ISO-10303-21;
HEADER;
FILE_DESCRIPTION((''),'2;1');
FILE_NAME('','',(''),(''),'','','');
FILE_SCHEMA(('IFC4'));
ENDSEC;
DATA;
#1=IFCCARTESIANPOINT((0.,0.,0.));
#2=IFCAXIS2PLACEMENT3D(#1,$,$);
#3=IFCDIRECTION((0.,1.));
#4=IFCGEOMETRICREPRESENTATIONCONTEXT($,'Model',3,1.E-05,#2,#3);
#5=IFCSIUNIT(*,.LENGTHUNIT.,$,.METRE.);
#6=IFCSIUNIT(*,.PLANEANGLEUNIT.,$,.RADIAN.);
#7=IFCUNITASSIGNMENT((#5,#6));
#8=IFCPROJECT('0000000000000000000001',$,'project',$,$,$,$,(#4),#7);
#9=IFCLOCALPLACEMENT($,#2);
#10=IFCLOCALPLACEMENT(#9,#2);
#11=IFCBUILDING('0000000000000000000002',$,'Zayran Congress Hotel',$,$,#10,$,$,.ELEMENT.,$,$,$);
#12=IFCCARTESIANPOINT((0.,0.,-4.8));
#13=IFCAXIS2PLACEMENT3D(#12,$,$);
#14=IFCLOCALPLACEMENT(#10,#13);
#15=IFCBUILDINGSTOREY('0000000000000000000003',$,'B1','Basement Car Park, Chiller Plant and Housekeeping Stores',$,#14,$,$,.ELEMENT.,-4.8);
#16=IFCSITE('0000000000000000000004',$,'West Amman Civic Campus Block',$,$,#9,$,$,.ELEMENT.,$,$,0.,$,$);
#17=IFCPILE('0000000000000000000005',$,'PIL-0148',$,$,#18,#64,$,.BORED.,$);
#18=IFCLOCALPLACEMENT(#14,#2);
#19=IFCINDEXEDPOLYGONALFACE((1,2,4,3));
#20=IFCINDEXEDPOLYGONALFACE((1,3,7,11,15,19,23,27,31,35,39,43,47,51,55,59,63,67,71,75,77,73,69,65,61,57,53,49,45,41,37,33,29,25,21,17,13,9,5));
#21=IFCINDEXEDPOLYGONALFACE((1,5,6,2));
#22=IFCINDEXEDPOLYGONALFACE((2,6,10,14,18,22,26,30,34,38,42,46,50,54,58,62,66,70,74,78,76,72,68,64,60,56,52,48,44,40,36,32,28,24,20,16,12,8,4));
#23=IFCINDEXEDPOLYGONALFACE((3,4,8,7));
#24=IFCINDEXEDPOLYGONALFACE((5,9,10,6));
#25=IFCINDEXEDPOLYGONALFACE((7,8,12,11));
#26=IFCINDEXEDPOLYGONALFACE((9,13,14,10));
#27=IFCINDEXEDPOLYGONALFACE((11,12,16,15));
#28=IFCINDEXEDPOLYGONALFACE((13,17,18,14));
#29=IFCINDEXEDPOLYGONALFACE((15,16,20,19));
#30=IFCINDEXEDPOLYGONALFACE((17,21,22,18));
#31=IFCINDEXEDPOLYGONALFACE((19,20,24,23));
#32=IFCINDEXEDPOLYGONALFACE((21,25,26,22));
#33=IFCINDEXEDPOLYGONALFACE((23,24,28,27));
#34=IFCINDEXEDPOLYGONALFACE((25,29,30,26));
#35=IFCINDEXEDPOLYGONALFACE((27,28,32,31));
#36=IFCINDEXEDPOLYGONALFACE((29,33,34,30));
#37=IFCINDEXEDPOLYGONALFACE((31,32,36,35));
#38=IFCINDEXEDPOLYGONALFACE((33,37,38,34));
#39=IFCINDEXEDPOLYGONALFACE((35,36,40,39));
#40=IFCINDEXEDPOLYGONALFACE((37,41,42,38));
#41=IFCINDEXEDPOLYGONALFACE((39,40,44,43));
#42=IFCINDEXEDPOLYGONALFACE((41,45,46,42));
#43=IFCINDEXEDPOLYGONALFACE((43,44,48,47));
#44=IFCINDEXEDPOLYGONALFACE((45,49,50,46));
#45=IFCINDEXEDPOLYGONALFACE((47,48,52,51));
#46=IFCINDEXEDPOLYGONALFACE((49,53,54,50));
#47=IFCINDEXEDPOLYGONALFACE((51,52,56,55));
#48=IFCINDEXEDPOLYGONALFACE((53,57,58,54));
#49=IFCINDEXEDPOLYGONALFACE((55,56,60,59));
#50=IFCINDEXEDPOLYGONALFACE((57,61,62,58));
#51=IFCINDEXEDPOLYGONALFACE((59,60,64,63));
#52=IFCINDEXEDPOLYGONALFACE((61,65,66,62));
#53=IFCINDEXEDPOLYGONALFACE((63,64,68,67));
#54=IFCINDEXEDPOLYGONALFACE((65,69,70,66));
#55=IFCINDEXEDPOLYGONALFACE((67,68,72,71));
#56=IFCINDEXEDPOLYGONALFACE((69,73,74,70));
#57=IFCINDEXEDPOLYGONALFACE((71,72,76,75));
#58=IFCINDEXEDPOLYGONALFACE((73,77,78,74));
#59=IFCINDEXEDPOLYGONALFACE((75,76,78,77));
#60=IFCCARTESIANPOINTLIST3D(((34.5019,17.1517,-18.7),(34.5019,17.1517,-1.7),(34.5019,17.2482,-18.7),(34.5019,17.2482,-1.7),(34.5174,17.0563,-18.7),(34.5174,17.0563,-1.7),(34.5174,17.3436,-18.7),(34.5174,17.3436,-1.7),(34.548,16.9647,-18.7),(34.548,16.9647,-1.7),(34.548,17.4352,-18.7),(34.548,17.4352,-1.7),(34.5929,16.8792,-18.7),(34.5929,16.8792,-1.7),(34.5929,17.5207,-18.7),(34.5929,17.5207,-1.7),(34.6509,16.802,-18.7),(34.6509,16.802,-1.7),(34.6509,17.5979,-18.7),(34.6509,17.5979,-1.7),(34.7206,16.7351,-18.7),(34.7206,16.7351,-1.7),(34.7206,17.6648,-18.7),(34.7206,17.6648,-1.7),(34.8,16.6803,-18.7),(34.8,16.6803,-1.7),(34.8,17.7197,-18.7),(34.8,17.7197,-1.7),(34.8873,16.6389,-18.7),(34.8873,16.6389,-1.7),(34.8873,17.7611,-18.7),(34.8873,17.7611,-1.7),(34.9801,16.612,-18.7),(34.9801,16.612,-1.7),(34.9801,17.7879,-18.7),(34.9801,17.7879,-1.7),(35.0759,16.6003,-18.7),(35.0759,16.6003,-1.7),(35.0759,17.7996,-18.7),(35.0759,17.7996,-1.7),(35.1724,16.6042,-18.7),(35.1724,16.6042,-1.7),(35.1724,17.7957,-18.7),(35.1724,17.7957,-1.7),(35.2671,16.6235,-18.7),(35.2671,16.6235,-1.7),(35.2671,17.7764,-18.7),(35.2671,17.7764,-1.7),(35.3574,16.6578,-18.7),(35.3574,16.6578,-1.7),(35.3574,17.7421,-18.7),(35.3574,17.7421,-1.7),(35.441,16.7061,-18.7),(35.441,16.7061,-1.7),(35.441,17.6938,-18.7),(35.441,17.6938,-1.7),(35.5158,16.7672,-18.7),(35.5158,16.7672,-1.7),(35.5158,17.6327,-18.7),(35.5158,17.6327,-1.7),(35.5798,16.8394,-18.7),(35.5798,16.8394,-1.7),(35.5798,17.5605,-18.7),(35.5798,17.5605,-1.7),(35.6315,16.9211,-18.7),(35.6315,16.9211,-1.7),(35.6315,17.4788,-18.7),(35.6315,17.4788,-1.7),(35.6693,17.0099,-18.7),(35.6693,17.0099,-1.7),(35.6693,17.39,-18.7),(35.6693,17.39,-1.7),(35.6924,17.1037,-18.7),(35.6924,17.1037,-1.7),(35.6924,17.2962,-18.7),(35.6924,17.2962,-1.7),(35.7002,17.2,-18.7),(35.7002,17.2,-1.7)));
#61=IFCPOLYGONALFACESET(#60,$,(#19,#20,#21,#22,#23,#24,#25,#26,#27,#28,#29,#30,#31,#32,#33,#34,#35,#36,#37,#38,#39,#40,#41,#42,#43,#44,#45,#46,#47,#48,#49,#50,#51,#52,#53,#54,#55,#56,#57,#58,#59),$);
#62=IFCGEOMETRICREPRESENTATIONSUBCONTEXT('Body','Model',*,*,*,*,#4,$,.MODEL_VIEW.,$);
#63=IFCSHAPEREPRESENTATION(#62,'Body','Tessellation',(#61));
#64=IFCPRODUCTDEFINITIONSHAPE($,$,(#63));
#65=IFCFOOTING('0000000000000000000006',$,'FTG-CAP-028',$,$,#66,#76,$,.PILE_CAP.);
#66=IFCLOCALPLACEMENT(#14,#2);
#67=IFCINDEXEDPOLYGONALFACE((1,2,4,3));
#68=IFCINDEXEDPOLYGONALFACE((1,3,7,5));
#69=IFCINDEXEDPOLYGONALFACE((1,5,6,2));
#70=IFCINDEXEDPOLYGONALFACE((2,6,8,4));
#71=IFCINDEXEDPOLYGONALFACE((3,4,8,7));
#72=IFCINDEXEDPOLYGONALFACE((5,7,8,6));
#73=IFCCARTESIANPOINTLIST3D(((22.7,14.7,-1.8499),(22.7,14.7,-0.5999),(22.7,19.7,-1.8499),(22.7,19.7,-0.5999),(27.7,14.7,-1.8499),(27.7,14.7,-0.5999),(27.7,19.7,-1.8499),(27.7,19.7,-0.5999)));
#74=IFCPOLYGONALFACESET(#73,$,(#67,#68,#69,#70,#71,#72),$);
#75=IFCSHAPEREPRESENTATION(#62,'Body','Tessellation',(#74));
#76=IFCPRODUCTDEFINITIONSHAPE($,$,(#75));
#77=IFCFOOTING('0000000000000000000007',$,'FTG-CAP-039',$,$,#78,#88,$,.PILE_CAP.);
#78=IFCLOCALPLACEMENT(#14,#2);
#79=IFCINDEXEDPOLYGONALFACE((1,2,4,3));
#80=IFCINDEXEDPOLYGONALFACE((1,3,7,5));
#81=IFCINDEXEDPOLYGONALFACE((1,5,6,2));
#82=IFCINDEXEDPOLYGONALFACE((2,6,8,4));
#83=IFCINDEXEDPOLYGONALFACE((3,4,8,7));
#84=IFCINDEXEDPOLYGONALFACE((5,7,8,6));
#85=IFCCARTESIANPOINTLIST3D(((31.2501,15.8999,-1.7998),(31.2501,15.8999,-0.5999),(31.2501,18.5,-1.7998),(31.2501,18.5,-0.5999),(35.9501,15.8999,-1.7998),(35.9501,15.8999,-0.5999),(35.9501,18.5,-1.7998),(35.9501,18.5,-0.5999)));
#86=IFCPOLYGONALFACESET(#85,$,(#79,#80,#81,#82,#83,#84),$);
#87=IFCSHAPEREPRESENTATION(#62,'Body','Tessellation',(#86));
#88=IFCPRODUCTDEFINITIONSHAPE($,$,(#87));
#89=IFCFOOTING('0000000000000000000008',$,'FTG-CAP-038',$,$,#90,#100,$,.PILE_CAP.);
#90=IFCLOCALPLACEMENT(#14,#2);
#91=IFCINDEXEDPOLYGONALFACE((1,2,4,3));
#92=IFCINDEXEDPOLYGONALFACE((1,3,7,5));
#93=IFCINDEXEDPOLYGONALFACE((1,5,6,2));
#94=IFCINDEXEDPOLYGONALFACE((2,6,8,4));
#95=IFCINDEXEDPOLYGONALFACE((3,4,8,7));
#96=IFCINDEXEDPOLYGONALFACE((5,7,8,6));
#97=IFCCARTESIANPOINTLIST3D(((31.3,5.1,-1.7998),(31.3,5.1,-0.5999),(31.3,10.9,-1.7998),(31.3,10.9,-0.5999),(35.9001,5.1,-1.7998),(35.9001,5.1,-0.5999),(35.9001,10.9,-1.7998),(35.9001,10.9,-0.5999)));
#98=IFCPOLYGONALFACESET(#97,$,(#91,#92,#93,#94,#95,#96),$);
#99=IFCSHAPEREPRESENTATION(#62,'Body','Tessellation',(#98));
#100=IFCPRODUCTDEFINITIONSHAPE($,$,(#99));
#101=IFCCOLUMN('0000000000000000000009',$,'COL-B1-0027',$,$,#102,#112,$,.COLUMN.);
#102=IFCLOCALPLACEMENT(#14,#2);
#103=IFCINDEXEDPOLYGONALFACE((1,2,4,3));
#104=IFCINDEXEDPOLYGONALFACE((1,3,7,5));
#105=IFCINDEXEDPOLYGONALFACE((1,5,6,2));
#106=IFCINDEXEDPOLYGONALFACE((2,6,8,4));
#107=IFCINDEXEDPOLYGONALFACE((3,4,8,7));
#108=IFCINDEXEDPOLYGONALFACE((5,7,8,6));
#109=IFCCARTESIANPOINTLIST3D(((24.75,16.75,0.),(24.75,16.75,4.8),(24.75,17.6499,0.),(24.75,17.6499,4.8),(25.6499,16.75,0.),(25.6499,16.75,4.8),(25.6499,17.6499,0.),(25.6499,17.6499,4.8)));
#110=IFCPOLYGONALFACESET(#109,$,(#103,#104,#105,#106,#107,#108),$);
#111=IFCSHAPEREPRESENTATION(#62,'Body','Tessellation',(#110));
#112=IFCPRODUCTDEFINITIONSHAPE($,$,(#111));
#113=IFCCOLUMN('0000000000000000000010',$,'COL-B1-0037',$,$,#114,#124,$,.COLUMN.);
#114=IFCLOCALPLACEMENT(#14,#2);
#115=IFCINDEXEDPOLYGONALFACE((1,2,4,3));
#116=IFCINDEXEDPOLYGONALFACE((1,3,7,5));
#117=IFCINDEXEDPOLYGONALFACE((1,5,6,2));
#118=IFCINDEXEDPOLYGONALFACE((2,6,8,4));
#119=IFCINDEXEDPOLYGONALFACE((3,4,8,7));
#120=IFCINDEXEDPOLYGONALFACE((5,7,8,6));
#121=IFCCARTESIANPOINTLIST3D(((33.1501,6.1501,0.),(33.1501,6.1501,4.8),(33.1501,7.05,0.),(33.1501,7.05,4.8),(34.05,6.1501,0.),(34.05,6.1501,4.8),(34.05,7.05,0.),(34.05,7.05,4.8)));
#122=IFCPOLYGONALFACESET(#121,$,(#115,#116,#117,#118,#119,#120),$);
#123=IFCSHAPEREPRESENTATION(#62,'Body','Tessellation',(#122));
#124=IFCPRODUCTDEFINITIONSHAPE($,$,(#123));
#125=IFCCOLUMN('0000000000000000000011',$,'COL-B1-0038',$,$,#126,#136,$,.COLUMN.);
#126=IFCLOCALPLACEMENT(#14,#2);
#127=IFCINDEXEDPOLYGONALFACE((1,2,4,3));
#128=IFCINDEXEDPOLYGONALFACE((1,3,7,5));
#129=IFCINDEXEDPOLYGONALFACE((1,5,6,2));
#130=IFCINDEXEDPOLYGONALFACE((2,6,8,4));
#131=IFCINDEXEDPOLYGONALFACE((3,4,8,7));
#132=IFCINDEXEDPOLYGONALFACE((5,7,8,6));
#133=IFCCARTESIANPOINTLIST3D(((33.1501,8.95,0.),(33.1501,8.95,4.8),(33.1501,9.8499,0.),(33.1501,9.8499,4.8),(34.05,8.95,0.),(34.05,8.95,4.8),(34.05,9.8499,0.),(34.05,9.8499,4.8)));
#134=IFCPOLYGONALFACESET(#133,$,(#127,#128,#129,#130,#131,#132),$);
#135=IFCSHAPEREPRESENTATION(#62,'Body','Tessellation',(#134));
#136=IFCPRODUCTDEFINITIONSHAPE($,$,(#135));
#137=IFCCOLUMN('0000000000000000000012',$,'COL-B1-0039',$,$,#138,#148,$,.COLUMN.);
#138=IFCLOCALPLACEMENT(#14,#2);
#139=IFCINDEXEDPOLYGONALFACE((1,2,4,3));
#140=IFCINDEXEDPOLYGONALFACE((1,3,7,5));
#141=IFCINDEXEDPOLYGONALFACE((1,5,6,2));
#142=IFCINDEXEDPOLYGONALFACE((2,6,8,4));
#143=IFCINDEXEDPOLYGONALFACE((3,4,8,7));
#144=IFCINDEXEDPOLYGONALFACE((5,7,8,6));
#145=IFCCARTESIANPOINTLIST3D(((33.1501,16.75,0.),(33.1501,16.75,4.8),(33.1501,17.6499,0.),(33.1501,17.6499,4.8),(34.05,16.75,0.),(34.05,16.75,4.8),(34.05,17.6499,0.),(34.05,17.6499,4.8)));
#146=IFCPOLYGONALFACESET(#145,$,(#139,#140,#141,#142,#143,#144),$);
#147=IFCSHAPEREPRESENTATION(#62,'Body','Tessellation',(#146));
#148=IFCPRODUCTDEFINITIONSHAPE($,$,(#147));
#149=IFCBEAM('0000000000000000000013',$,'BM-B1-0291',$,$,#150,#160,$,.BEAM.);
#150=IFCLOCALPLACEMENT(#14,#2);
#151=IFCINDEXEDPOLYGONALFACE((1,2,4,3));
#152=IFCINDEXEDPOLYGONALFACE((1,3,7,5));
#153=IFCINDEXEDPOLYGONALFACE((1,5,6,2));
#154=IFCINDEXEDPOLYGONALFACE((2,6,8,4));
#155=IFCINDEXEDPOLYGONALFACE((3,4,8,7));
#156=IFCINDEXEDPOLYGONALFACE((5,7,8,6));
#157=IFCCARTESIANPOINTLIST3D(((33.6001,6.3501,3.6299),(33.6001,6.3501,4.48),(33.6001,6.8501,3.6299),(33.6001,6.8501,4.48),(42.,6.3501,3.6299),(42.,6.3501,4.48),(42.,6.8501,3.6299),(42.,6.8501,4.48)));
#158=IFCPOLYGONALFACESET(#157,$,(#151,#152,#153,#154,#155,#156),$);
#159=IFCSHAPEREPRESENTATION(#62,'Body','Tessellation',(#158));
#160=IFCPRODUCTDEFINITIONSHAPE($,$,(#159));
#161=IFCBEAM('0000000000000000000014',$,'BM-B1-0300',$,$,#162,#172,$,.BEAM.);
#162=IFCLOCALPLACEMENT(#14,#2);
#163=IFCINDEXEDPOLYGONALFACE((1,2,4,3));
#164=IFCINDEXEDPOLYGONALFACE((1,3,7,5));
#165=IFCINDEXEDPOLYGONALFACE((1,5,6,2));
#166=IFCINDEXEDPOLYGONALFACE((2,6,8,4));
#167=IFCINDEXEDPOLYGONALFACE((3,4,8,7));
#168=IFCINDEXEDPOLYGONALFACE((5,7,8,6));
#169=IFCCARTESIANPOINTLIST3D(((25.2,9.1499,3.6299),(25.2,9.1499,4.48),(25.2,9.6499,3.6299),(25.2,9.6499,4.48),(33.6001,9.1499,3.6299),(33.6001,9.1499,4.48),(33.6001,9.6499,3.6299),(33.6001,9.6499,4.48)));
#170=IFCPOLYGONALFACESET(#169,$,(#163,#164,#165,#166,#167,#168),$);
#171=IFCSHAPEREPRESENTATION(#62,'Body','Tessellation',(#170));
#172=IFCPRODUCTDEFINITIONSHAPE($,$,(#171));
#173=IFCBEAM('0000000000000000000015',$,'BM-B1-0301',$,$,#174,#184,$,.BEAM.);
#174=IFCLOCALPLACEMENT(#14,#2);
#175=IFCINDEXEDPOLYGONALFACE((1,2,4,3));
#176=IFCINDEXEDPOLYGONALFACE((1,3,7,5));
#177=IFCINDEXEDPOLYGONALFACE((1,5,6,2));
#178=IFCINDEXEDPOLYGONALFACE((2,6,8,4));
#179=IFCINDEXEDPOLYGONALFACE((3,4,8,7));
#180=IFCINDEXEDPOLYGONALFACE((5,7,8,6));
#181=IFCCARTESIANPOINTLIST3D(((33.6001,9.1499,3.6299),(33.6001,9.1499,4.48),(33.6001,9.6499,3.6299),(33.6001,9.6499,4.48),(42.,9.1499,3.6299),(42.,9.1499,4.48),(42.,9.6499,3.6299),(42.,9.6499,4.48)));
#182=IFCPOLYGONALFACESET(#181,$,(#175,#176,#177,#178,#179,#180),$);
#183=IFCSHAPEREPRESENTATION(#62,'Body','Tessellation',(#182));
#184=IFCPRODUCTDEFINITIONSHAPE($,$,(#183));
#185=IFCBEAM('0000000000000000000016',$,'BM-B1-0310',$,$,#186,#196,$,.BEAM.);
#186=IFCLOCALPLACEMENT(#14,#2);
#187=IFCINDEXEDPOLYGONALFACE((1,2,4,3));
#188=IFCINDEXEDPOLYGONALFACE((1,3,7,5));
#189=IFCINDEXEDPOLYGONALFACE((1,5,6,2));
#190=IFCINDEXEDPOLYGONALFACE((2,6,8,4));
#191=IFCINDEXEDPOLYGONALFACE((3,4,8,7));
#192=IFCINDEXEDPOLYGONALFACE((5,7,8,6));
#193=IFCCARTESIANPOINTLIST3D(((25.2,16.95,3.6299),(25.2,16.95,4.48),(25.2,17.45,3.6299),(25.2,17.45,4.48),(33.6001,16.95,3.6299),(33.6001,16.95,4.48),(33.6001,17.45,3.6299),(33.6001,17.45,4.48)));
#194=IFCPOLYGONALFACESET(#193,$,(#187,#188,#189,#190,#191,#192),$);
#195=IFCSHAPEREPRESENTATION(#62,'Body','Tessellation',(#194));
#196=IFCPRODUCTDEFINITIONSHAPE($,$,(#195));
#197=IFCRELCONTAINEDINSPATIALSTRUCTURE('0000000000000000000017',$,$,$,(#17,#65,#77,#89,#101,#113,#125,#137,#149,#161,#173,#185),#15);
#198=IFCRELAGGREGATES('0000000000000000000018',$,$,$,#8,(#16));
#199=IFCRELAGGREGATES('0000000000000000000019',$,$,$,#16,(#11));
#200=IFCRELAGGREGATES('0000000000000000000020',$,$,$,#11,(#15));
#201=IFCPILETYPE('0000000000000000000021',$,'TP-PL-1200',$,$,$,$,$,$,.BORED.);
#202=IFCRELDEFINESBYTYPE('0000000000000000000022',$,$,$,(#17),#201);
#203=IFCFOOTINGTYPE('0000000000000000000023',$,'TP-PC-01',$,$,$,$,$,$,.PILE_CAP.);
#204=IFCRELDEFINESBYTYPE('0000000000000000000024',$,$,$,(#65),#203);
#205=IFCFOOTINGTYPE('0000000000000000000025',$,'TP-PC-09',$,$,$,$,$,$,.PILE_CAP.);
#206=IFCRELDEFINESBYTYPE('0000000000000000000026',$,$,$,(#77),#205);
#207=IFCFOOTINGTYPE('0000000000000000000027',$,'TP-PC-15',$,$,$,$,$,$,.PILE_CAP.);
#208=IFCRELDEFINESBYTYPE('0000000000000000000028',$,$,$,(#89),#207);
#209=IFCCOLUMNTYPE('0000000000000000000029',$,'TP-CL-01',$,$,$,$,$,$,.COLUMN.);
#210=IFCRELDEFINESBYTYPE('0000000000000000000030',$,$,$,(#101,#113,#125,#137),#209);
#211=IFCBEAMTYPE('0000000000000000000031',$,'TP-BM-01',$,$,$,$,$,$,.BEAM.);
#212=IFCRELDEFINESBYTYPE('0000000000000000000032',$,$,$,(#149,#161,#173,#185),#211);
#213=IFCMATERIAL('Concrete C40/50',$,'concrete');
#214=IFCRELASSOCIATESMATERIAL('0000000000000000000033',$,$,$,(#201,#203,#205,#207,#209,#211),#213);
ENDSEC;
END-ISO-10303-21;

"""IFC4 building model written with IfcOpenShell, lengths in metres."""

from ifc_helpers import new_model, si_unit, direction, frame, origin, origin_2d, place, context, subcontext, project, spatial, rectangle, circle, extrude, material, material_profile, profile_set, type_object, element, save


model = new_model("IFC4")

# Units and contexts
model_context = context("Model", 3, precision=1e-05, world=origin(), true_north=direction((0.0, 1.0)))
body_context = subcontext(model_context, "Body", "Model", "MODEL_VIEW")
ifc_project = project(units=[si_unit("LENGTHUNIT", "METRE"), si_unit("PLANEANGLEUNIT", "RADIAN")], contexts=[model_context])

# Site, building, storey
site_placement = place(None, origin())
site = spatial("IfcSite", under=ifc_project, at=site_placement, Name="West Amman Civic Campus Block", CompositionType="ELEMENT", RefElevation=0.0)
building_placement = place(site_placement, origin())
building = spatial("IfcBuilding", under=site, at=building_placement, Name="Zayran Congress Hotel", CompositionType="ELEMENT")
storey_placement = place(building_placement, frame((0.0, 0.0, -4.8)))
storey = spatial("IfcBuildingStorey", under=building, at=storey_placement, Name="B1", Description="Basement Car Park, Chiller Plant and Housekeeping Stores", CompositionType="ELEMENT", Elevation=-4.8)

# Pile
ifc_material_1 = material(Name="Concrete C40/50", Category="concrete")
ifc_material_profile_1 = material_profile(ifc_material_1, circle(Radius=0.6001, at=origin_2d()), Name="PILE D1200")
ifc_profile_set_1 = profile_set([ifc_material_profile_1], Name="Concrete C40/50")
pile_type = type_object("IfcPileType", Name="TP-PL-1200", PredefinedType="BORED", material=ifc_profile_set_1)
for number, where, z_axis, x_axis, name in (
    (1, (35.1001, 17.2, -1.7), (0.0, 0.0, -1.0), (1.0, 0.0, 0.0), "PIL-0148"),
):
    element("IfcPile", number, at=place(storey_placement, frame(where, z_axis=z_axis, x_axis=x_axis)), inside=storey, type_object=pile_type, Name=name, PredefinedType="BORED", context=body_context, shape_type="SweptSolid", body=[
        extrude(circle(Radius=0.6001, at=origin_2d()), origin(), (0.0, 0.0, 1.0), 17.0),
    ])

# Footings
footing_type_1 = type_object("IfcFootingType", Name="TP-PC-01", PredefinedType="PILE_CAP", material=ifc_material_1)
footing_1_placement = place(storey_placement, frame((25.2, 17.2, -1.8499), z_axis=(0.0, 0.0, 1.0), x_axis=(1.0, 0.0, 0.0)))
element("IfcFooting", 2, at=footing_1_placement, inside=storey, type_object=footing_type_1, Name="FTG-CAP-028", PredefinedType="PILE_CAP", context=body_context, shape_type="SweptSolid", body=[
    extrude(rectangle(XDim=5.0, YDim=5.0, at=origin_2d()), origin(), (0.0, 0.0, 1.0), 1.25),
])
footing_type_2 = type_object("IfcFootingType", Name="TP-PC-09", PredefinedType="PILE_CAP", material=ifc_material_1)
footing_2_placement = place(storey_placement, frame((33.6001, 17.2, -1.7998), z_axis=(0.0, 0.0, 1.0), x_axis=(1.0, 0.0, 0.0)))
element("IfcFooting", 3, at=footing_2_placement, inside=storey, type_object=footing_type_2, Name="FTG-CAP-039", PredefinedType="PILE_CAP", context=body_context, shape_type="SweptSolid", body=[
    extrude(rectangle(XDim=4.7, YDim=2.6001, at=origin_2d()), origin(), (0.0, 0.0, 1.0), 1.2),
])
footing_type_3 = type_object("IfcFootingType", Name="TP-PC-15", PredefinedType="PILE_CAP", material=ifc_material_1)
footing_3_placement = place(storey_placement, frame((33.6001, 8.0, -1.7998), z_axis=(0.0, 0.0, 1.0), x_axis=(1.0, 0.0, 0.0)))
element("IfcFooting", 4, at=footing_3_placement, inside=storey, type_object=footing_type_3, Name="FTG-CAP-038", PredefinedType="PILE_CAP", context=body_context, shape_type="SweptSolid", body=[
    extrude(rectangle(XDim=4.6001, YDim=5.8, at=origin_2d()), origin(), (0.0, 0.0, 1.0), 1.2),
])

# Columns
ifc_material_profile_2 = material_profile(ifc_material_1, rectangle(XDim=0.8999, YDim=0.8999, at=origin_2d()), Name="RC 900x900")
ifc_profile_set_2 = profile_set([ifc_material_profile_2], Name="Concrete C40/50")
column_type = type_object("IfcColumnType", Name="TP-CL-01", PredefinedType="COLUMN", material=ifc_profile_set_2)
for number, where, z_axis, x_axis, name in (
    (5, (25.2, 17.2, 0.0), (0.0, 0.0, 1.0), (1.0, 0.0, 0.0), "COL-B1-0027"),
    (6, (33.6001, 6.6001, 0.0), (0.0, 0.0, 1.0), (1.0, 0.0, 0.0), "COL-B1-0037"),
    (7, (33.6001, 9.3999, 0.0), (0.0, 0.0, 1.0), (1.0, 0.0, 0.0), "COL-B1-0038"),
    (8, (33.6001, 17.2, 0.0), (0.0, 0.0, 1.0), (1.0, 0.0, 0.0), "COL-B1-0039"),
):
    element("IfcColumn", number, at=place(storey_placement, frame(where, z_axis=z_axis, x_axis=x_axis)), inside=storey, type_object=column_type, Name=name, PredefinedType="COLUMN", context=body_context, shape_type="SweptSolid", body=[
        extrude(rectangle(XDim=0.8999, YDim=0.8999, at=origin_2d()), origin(), (0.0, 0.0, 1.0), 4.8),
    ])

# Beams
ifc_material_profile_3 = material_profile(ifc_material_1, rectangle(XDim=0.5, YDim=0.8501, at=origin_2d()), Name="RC 500x850")
ifc_profile_set_3 = profile_set([ifc_material_profile_3], Name="Concrete C40/50")
beam_type = type_object("IfcBeamType", Name="TP-BM-01", PredefinedType="BEAM", material=ifc_profile_set_3)
beam_1_placement = place(storey_placement, frame((33.6001, 6.6001, 4.0549), z_axis=(1.0, 0.0, 0.0), x_axis=(0.0, 1.0, 0.0)))
element("IfcBeam", 9, at=beam_1_placement, inside=storey, type_object=beam_type, Name="BM-B1-0291", PredefinedType="BEAM", context=body_context, shape_type="SweptSolid", body=[
    extrude(rectangle(XDim=0.5, YDim=0.8501, at=origin_2d()), origin(), (0.0, 0.0, 1.0), 8.3999),
])
beam_2_placement = place(storey_placement, frame((25.2, 9.3999, 4.0549), z_axis=(1.0, 0.0, 0.0), x_axis=(0.0, 1.0, 0.0)))
element("IfcBeam", 10, at=beam_2_placement, inside=storey, type_object=beam_type, Name="BM-B1-0300", PredefinedType="BEAM", context=body_context, shape_type="SweptSolid", body=[
    extrude(rectangle(XDim=0.5, YDim=0.8501, at=origin_2d()), origin(), (0.0, 0.0, 1.0), 8.4001),
])
beam_3_placement = place(storey_placement, frame((33.6001, 9.3999, 4.0549), z_axis=(1.0, 0.0, 0.0), x_axis=(0.0, 1.0, 0.0)))
element("IfcBeam", 11, at=beam_3_placement, inside=storey, type_object=beam_type, Name="BM-B1-0301", PredefinedType="BEAM", context=body_context, shape_type="SweptSolid", body=[
    extrude(rectangle(XDim=0.5, YDim=0.8501, at=origin_2d()), origin(), (0.0, 0.0, 1.0), 8.3999),
])
beam_4_placement = place(storey_placement, frame((25.2, 17.2, 4.0549), z_axis=(1.0, 0.0, 0.0), x_axis=(0.0, 1.0, 0.0)))
element("IfcBeam", 12, at=beam_4_placement, inside=storey, type_object=beam_type, Name="BM-B1-0310", PredefinedType="BEAM", context=body_context, shape_type="SweptSolid", body=[
    extrude(rectangle(XDim=0.5, YDim=0.8501, at=origin_2d()), origin(), (0.0, 0.0, 1.0), 8.4001),
])

save(model, "model.ifc")
